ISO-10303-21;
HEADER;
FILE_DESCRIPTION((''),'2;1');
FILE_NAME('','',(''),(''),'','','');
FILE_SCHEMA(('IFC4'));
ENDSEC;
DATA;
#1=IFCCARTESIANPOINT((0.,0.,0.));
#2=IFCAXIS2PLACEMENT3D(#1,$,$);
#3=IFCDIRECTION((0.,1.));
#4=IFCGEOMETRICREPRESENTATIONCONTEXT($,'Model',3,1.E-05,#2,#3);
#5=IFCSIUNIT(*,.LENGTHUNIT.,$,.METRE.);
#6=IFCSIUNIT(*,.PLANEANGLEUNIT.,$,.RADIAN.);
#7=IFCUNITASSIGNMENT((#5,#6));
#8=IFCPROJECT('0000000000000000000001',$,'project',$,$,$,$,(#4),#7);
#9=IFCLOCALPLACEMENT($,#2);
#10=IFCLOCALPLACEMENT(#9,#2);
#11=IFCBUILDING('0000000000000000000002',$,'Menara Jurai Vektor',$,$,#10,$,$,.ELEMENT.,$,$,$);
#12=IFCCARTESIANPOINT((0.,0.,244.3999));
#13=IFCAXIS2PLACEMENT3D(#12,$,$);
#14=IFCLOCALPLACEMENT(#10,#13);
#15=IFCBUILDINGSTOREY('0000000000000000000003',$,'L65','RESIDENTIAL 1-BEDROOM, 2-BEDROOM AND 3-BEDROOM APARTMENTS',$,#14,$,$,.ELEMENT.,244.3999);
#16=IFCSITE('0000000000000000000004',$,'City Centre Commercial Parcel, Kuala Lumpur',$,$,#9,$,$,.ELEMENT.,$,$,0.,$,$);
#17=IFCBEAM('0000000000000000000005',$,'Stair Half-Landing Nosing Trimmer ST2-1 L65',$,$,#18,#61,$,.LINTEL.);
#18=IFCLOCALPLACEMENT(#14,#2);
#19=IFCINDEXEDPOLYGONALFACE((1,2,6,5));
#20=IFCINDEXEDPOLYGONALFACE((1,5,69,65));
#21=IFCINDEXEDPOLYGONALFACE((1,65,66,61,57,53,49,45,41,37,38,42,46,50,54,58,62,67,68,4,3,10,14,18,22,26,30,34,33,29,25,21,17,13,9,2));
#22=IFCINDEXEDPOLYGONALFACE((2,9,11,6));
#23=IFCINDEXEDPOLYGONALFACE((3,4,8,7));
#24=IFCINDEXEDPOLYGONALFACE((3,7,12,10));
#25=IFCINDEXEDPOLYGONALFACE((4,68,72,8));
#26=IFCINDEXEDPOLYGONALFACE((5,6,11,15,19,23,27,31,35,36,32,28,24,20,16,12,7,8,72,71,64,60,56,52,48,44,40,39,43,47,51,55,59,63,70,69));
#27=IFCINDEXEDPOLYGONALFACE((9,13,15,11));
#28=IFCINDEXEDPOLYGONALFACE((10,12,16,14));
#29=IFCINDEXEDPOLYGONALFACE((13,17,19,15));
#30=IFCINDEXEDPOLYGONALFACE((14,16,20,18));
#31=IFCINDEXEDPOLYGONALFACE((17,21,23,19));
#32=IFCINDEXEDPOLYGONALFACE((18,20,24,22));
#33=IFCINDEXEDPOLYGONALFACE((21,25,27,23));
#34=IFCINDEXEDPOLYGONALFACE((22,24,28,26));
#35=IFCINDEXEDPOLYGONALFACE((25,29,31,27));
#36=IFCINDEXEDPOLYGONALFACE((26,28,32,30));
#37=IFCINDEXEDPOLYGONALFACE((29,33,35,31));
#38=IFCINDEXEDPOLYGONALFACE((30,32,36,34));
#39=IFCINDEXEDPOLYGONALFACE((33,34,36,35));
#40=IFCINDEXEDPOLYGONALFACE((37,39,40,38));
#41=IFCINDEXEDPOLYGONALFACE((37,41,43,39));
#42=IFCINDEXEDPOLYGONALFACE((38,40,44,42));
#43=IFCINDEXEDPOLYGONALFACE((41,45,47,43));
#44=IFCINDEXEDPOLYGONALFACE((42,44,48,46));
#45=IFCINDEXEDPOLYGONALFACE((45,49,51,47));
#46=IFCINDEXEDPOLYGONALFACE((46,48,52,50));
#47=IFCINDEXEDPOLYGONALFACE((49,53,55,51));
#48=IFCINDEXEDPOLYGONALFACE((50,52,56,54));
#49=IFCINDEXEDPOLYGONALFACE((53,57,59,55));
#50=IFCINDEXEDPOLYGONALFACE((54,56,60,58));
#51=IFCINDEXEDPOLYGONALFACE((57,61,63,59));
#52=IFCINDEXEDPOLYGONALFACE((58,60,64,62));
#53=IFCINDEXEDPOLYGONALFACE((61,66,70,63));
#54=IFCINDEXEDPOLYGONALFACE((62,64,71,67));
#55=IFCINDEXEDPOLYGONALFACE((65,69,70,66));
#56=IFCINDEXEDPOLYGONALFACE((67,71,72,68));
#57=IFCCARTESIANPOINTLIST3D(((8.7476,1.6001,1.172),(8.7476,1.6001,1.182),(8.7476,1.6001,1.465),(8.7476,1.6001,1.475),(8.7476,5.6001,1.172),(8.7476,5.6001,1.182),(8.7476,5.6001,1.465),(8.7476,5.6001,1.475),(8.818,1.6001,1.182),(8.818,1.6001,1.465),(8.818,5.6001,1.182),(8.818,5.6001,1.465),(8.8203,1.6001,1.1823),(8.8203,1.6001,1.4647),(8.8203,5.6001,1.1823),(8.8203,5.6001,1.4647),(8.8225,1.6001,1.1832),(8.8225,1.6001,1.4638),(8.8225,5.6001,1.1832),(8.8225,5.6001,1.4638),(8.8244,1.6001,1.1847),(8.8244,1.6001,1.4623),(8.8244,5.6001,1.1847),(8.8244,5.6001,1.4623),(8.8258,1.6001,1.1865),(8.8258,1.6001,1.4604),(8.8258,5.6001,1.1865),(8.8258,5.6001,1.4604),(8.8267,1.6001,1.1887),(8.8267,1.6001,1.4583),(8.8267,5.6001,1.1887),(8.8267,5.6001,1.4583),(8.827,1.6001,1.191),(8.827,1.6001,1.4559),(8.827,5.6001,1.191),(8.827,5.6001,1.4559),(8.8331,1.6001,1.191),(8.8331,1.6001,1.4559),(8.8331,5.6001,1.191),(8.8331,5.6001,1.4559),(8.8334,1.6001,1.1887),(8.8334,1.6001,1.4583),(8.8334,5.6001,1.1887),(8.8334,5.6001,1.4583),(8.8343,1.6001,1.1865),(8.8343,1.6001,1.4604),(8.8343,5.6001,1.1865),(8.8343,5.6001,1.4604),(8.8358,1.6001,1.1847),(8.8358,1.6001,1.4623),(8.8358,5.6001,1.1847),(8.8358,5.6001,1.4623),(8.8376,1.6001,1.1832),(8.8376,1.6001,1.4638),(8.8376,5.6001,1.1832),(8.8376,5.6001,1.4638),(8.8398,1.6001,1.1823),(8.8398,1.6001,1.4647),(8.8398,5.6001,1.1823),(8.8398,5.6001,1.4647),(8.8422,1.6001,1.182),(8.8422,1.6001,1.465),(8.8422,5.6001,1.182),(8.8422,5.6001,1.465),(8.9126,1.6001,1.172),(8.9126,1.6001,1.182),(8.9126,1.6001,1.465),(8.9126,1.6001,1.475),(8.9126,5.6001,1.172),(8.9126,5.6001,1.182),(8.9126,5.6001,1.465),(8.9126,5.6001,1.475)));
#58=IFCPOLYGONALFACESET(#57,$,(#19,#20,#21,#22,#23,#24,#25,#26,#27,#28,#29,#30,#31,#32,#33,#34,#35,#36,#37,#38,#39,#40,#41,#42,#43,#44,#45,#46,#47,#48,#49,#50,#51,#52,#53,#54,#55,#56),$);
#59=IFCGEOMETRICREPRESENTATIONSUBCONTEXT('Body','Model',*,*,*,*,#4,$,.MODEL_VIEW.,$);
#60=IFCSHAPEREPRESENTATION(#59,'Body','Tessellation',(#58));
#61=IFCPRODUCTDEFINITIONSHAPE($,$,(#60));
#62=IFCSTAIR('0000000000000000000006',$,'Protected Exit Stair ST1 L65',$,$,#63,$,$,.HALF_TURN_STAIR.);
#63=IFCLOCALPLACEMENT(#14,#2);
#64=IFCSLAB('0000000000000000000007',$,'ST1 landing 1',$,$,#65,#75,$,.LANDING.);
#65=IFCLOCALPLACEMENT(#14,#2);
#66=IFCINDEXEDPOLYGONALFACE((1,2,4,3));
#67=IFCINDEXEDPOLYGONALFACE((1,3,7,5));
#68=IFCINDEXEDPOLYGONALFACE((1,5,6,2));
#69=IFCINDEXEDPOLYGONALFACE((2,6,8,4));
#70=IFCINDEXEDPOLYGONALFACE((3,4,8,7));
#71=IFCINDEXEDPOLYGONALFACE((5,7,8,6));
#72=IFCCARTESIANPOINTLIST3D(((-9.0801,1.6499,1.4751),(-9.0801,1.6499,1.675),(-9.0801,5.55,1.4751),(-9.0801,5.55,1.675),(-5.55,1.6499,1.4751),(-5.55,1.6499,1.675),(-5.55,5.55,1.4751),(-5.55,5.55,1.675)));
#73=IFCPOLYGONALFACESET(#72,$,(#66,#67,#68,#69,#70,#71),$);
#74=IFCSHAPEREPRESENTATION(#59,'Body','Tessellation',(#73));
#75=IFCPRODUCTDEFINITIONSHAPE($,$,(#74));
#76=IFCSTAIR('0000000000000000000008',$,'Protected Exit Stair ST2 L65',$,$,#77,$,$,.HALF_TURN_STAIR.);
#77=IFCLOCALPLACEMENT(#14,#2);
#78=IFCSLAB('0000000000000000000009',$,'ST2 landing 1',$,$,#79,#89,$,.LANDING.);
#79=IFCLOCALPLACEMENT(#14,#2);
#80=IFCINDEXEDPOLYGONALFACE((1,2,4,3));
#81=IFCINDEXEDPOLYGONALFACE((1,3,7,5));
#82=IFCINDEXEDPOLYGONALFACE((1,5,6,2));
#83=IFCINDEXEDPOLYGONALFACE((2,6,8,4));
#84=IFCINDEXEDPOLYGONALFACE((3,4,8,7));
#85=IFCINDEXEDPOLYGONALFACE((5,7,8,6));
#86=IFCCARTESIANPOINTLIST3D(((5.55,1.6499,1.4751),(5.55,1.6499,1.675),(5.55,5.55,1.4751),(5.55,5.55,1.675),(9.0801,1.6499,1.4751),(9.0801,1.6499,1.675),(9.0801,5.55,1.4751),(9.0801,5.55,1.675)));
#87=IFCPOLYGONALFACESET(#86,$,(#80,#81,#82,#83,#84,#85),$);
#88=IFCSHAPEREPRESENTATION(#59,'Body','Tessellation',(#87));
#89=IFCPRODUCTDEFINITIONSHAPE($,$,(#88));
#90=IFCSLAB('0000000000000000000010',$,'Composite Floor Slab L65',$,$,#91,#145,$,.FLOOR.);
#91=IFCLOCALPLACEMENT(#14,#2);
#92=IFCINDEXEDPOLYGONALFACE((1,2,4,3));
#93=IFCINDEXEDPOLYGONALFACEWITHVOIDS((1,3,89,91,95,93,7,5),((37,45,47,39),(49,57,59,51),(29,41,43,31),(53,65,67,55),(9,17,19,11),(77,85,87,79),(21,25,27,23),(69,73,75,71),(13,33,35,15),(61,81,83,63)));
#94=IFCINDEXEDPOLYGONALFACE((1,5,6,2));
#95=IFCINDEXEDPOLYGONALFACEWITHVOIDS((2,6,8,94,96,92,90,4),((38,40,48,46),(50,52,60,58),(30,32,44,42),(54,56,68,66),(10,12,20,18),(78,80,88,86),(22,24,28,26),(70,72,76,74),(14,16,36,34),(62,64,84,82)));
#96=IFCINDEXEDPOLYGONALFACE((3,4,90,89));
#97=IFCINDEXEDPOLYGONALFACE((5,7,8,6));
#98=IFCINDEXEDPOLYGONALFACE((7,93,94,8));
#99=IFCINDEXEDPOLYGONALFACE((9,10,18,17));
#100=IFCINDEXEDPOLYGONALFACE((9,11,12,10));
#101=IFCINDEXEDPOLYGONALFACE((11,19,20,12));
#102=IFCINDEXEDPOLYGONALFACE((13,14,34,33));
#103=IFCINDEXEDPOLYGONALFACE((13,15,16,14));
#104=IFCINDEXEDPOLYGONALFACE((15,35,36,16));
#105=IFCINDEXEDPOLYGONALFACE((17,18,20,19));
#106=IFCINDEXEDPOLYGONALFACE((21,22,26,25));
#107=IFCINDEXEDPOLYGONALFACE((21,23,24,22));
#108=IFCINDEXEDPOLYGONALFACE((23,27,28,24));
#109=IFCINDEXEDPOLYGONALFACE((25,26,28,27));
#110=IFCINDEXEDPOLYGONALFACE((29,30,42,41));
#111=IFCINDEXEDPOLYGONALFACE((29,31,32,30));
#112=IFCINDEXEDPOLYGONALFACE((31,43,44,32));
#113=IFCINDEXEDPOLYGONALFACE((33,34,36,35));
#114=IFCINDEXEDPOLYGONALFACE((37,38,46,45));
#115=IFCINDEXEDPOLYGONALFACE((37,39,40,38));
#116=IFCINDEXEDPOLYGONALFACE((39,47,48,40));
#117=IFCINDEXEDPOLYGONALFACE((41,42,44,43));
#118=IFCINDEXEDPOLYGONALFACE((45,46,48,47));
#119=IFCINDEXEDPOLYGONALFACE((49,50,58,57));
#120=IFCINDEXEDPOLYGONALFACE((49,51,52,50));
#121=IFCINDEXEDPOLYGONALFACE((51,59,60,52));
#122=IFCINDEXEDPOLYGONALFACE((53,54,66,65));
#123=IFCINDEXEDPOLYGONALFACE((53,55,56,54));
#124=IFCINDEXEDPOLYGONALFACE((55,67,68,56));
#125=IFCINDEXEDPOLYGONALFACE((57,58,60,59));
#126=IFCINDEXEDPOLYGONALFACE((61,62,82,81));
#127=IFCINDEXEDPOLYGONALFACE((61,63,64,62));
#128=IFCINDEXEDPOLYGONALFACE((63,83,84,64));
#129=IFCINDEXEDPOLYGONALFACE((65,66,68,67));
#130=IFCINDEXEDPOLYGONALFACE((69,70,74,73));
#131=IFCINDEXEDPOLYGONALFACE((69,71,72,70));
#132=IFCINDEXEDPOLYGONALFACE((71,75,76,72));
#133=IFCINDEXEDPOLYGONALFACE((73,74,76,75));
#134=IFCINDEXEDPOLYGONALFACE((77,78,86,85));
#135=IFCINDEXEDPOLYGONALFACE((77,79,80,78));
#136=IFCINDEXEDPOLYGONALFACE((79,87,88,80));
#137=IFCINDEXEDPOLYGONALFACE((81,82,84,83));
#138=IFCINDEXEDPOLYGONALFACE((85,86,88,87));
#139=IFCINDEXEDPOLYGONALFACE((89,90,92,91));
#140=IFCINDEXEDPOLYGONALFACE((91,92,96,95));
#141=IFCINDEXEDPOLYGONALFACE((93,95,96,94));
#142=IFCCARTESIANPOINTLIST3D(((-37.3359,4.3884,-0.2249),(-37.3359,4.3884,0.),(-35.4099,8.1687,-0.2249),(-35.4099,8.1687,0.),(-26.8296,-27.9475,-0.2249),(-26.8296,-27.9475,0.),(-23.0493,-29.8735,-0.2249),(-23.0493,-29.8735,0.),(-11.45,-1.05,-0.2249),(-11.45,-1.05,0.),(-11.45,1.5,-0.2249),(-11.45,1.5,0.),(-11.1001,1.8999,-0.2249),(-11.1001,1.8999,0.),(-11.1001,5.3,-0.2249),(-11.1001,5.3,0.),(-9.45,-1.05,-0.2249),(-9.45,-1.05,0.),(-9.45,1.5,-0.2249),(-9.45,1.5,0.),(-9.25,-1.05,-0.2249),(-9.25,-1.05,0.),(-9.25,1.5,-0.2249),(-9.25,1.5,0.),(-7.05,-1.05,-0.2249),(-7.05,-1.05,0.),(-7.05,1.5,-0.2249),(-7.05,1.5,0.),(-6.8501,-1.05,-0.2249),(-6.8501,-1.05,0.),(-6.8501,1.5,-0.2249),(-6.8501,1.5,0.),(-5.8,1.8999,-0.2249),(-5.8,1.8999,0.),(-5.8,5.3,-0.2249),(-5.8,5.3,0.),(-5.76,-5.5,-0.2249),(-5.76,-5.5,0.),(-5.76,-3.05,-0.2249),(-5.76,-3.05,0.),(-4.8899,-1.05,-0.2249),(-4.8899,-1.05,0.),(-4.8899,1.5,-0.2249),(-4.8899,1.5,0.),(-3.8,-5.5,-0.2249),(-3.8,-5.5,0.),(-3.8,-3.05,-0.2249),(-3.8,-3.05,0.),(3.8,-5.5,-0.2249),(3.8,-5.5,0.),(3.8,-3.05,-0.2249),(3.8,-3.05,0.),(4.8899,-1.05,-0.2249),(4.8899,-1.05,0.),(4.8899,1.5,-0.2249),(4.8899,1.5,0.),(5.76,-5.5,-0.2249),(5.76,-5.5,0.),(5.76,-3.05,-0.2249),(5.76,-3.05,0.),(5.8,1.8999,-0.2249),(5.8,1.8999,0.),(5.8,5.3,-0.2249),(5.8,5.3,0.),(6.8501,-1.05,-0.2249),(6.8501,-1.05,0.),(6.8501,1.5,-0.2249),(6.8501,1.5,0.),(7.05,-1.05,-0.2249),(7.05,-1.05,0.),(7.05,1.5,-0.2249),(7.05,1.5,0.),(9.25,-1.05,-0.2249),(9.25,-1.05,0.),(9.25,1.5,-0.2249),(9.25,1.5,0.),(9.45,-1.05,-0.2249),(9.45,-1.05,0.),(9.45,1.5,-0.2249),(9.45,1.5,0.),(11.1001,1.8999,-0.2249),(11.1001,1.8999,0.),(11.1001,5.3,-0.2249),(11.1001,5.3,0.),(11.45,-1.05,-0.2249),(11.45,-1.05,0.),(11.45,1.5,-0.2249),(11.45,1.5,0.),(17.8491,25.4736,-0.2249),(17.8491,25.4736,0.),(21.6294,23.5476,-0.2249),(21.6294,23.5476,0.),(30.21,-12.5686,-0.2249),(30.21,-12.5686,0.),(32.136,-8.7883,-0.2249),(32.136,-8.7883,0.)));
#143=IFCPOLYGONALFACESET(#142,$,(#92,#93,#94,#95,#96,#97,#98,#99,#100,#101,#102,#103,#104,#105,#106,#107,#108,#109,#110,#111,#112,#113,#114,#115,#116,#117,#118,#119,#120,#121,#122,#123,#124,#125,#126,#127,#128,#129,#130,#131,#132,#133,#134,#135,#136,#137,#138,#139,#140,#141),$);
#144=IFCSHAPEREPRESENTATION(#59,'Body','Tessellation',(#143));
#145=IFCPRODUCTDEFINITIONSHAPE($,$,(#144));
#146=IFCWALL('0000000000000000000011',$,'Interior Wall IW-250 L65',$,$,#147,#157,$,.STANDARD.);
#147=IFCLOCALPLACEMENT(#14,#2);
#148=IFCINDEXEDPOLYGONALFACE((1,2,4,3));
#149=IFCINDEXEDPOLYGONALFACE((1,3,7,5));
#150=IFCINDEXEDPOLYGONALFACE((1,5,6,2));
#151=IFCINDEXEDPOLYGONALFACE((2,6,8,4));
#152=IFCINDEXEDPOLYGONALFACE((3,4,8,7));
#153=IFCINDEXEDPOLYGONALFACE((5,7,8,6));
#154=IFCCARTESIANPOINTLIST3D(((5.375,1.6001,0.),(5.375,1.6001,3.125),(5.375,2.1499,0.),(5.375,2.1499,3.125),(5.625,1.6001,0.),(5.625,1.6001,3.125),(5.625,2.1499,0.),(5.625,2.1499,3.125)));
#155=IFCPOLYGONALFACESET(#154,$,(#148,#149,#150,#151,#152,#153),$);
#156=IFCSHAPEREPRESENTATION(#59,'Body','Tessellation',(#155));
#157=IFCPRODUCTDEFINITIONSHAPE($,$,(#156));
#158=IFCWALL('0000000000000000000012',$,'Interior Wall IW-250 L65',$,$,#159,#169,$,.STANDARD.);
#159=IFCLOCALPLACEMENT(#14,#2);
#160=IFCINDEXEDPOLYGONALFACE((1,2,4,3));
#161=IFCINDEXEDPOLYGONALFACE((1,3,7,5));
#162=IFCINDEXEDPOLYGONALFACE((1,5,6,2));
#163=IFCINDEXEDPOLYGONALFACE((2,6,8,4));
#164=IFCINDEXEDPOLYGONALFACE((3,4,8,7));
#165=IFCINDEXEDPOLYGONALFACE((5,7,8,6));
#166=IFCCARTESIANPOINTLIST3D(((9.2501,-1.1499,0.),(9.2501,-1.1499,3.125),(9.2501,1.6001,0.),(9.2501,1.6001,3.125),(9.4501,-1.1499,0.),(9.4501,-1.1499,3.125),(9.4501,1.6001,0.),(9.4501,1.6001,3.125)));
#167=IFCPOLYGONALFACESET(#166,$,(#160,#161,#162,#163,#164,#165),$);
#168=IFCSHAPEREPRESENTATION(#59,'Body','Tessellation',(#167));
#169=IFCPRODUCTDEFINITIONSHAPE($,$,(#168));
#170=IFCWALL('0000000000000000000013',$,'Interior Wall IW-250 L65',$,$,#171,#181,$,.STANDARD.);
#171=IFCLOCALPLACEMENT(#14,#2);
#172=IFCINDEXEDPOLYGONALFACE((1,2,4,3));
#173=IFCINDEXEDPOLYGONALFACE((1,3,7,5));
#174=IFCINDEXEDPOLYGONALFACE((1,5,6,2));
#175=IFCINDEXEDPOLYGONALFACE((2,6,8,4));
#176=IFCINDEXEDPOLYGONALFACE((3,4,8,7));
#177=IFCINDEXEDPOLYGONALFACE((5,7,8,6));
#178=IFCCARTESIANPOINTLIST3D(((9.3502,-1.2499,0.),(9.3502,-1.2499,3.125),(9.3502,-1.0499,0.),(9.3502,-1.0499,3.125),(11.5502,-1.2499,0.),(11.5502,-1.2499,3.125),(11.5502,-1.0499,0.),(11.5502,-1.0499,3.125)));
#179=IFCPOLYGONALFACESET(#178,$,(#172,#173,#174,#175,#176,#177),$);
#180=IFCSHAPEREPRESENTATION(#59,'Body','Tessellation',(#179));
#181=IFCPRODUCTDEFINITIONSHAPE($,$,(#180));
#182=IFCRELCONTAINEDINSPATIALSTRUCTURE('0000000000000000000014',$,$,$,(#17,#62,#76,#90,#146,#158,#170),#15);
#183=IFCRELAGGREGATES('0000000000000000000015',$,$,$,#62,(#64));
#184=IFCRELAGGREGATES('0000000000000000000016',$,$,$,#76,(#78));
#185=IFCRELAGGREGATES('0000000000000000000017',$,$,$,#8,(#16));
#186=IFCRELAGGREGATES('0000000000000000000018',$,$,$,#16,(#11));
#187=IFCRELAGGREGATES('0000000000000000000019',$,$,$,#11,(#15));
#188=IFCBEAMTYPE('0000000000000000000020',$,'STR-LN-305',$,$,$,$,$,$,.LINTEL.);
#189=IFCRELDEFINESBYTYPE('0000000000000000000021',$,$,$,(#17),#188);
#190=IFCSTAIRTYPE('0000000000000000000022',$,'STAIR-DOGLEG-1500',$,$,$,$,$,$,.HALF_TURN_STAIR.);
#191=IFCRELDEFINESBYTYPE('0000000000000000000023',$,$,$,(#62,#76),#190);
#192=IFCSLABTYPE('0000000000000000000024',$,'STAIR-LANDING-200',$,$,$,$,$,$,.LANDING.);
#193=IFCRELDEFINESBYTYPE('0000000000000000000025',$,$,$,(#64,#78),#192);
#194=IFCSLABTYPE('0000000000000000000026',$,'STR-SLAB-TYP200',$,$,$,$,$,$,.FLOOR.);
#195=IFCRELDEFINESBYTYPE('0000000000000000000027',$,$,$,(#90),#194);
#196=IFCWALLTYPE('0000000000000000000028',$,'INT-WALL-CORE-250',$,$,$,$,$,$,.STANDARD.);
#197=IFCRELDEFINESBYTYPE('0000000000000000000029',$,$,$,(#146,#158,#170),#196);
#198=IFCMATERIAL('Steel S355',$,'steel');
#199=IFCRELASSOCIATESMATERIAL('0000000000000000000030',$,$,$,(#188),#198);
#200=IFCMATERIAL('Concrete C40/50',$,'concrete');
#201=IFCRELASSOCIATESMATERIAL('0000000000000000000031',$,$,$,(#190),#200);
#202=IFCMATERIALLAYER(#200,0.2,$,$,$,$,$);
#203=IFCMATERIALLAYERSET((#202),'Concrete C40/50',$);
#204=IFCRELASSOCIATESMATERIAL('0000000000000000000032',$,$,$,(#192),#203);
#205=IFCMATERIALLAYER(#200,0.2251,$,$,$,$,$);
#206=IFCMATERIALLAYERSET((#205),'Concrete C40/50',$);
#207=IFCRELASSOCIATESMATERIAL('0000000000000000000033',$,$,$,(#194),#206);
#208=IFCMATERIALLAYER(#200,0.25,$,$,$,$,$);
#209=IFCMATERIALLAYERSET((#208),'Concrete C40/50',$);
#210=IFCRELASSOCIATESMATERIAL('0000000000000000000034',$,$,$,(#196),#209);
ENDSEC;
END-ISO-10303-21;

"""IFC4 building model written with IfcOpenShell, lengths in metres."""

from ifc_helpers import new_model, si_unit, direction, frame, frame_2d, origin, origin_2d, place, context, subcontext, project, spatial, polyline, rectangle, i_section, outline, extrude, material, layer, layer_set, material_profile, profile_set, type_object, element, aggregate, save


model = new_model("IFC4")

# Units and contexts
model_context = context("Model", 3, precision=1e-05, world=origin(), true_north=direction((0.0, 1.0)))
body_context = subcontext(model_context, "Body", "Model", "MODEL_VIEW")
ifc_project = project(units=[si_unit("LENGTHUNIT", "METRE"), si_unit("PLANEANGLEUNIT", "RADIAN")], contexts=[model_context])

# Site, building, storey
site_placement = place(None, origin())
site = spatial("IfcSite", under=ifc_project, at=site_placement, Name="City Centre Commercial Parcel, Kuala Lumpur", CompositionType="ELEMENT", RefElevation=0.0)
building_placement = place(site_placement, origin())
building = spatial("IfcBuilding", under=site, at=building_placement, Name="Menara Jurai Vektor", CompositionType="ELEMENT")
storey_placement = place(building_placement, frame((0.0, 0.0, 244.3999)))
storey = spatial("IfcBuildingStorey", under=building, at=storey_placement, Name="L65", Description="RESIDENTIAL 1-BEDROOM, 2-BEDROOM AND 3-BEDROOM APARTMENTS", CompositionType="ELEMENT", Elevation=244.3999)

# Beam
ifc_material_1 = material(Name="Steel S355", Category="steel")
ifc_material_profile = material_profile(ifc_material_1, i_section(OverallWidth=0.165, OverallDepth=0.303, WebThickness=0.0061, FlangeThickness=0.01, FilletRadius=0.009, at=origin_2d()), Name="UKB 305x165x40")
ifc_profile_set = profile_set([ifc_material_profile], Name="Steel S355")
beam_type = type_object("IfcBeamType", Name="STR-LN-305", PredefinedType="LINTEL", material=ifc_profile_set)
beam_placement = place(storey_placement, frame((8.8301, 1.6001, 1.3235), z_axis=(0.0, 1.0, 0.0), x_axis=(-1.0, 0.0, 0.0)))
element("IfcBeam", 1, at=beam_placement, inside=storey, type_object=beam_type, Name="Stair Half-Landing Nosing Trimmer ST2-1 L65", PredefinedType="LINTEL", context=body_context, shape_type="SweptSolid", body=[
    extrude(i_section(OverallWidth=0.165, OverallDepth=0.303, WebThickness=0.0061, FlangeThickness=0.01, FilletRadius=0.009, at=origin_2d()), origin(), (0.0, 0.0, 1.0), 4.0),
])

# Stairs, slabs
ifc_material_2 = material(Name="Concrete C40/50", Category="concrete")
stair_type = type_object("IfcStairType", Name="STAIR-DOGLEG-1500", PredefinedType="HALF_TURN_STAIR", material=ifc_material_2)
stair_1_placement = place(storey_placement, origin())
stair_1 = element("IfcStair", 2, at=stair_1_placement, inside=storey, type_object=stair_type, Name="Protected Exit Stair ST1 L65", PredefinedType="HALF_TURN_STAIR")
ifc_layer_1 = layer(ifc_material_2, 0.2)
ifc_layer_set_1 = layer_set([ifc_layer_1], Name="Concrete C40/50")
slab_type_1 = type_object("IfcSlabType", Name="STAIR-LANDING-200", PredefinedType="LANDING", material=ifc_layer_set_1)
slab_1_placement = place(storey_placement, frame((0.0, 0.0, 1.4751)))
slab_1 = element("IfcSlab", 3, at=slab_1_placement, type_object=slab_type_1, Name="ST1 landing 1", PredefinedType="LANDING", context=body_context, shape_type="SweptSolid", body=[
    extrude(outline(polyline([(-9.0801, 1.6499), (-5.55, 1.6499), (-5.55, 5.55), (-9.0801, 5.55), (-9.0801, 1.6499)])), origin(), (0.0, 0.0, 1.0), 0.2),
])
aggregate(stair_1, [slab_1])
stair_2_placement = place(storey_placement, origin())
stair_2 = element("IfcStair", 4, at=stair_2_placement, inside=storey, type_object=stair_type, Name="Protected Exit Stair ST2 L65", PredefinedType="HALF_TURN_STAIR")
slab_2_placement = place(storey_placement, frame((0.0, 0.0, 1.4751)))
slab_2 = element("IfcSlab", 5, at=slab_2_placement, type_object=slab_type_1, Name="ST2 landing 1", PredefinedType="LANDING", context=body_context, shape_type="SweptSolid", body=[
    extrude(outline(polyline([(5.55, 1.6499), (9.0801, 1.6499), (9.0801, 5.55), (5.55, 5.55), (5.55, 1.6499)])), origin(), (0.0, 0.0, 1.0), 0.2),
])
aggregate(stair_2, [slab_2])

# Slab
ifc_layer_2 = layer(ifc_material_2, 0.2251)
ifc_layer_set_2 = layer_set([ifc_layer_2], Name="Concrete C40/50")
slab_type_2 = type_object("IfcSlabType", Name="STR-SLAB-TYP200", PredefinedType="FLOOR", material=ifc_layer_set_2)
slab_3_placement = place(storey_placement, frame((0.0, 0.0, -0.2249)))
element("IfcSlab", 6, at=slab_3_placement, inside=storey, type_object=slab_type_2, Name="Composite Floor Slab L65", PredefinedType="FLOOR", context=body_context, shape_type="SweptSolid", body=[
    extrude(outline(polyline([(-23.0493, -29.8735), (30.21, -12.5686), (32.136, -8.7883), (21.6294, 23.5476), (17.8491, 25.4736), (-35.4099, 8.1687), (-37.3359, 4.3884), (-26.8296, -27.9475), (-23.0493, -29.8735)]), holes=[polyline([(-11.1001, 1.8999), (-11.1001, 5.3), (-5.8, 5.3), (-5.8, 1.8999), (-11.1001, 1.8999)]), polyline([(5.8, 1.8999), (5.8, 5.3), (11.1001, 5.3), (11.1001, 1.8999), (5.8, 1.8999)]), polyline([(-11.45, -1.05), (-11.45, 1.5), (-9.45, 1.5), (-9.45, -1.05), (-11.45, -1.05)]), polyline([(9.45, -1.05), (9.45, 1.5), (11.45, 1.5), (11.45, -1.05), (9.45, -1.05)]), polyline([(-5.76, -5.5), (-5.76, -3.05), (-3.8, -3.05), (-3.8, -5.5), (-5.76, -5.5)]), polyline([(-6.8501, -1.05), (-6.8501, 1.5), (-4.8899, 1.5), (-4.8899, -1.05), (-6.8501, -1.05)]), polyline([(3.8, -5.5), (3.8, -3.05), (5.76, -3.05), (5.76, -5.5), (3.8, -5.5)]), polyline([(4.8899, -1.05), (4.8899, 1.5), (6.8501, 1.5), (6.8501, -1.05), (4.8899, -1.05)]), polyline([(-9.25, -1.05), (-9.25, 1.5), (-7.05, 1.5), (-7.05, -1.05), (-9.25, -1.05)]), polyline([(7.05, -1.05), (7.05, 1.5), (9.25, 1.5), (9.25, -1.05), (7.05, -1.05)])]), origin(), (0.0, 0.0, 1.0), 0.2249),
])

# Walls
ifc_layer_3 = layer(ifc_material_2, 0.25)
ifc_layer_set_3 = layer_set([ifc_layer_3], Name="Concrete C40/50")
wall_type_1 = type_object("IfcWallType", Name="INT-WALL-CORE-250", PredefinedType="STANDARD", material=ifc_layer_set_3)
wall_1_placement = place(storey_placement, frame((5.5, 1.6001, 0.0), z_axis=(0.0, 0.0, 1.0), x_axis=(0.0, 1.0, 0.0)))
element("IfcWall", 7, at=wall_1_placement, inside=storey, type_object=wall_type_1, Name="Interior Wall IW-250 L65", PredefinedType="STANDARD", context=body_context, shape_type="SweptSolid", body=[
    extrude(rectangle(XDim=0.5498, YDim=0.25, at=frame_2d((0.2749, 0.0))), origin(), (0.0, 0.0, 1.0), 3.125),
])
wall_2_placement = place(storey_placement, frame((9.3501, -1.1499, 0.0), z_axis=(0.0, 0.0, 1.0), x_axis=(0.0, 1.0, 0.0)))
element("IfcWall", 8, at=wall_2_placement, inside=storey, type_object=wall_type_1, Name="Interior Wall IW-250 L65", PredefinedType="STANDARD", context=body_context, shape_type="SweptSolid", body=[
    extrude(rectangle(XDim=2.75, YDim=0.2, at=frame_2d((1.375, 0.0))), origin(), (0.0, 0.0, 1.0), 3.125),
])
wall_3_placement = place(storey_placement, frame((9.3501, -1.1499, 0.0), z_axis=(0.0, 0.0, 1.0), x_axis=(1.0, 0.0, 0.0)))
element("IfcWall", 9, at=wall_3_placement, inside=storey, type_object=wall_type_1, Name="Interior Wall IW-250 L65", PredefinedType="STANDARD", context=body_context, shape_type="SweptSolid", body=[
    extrude(rectangle(XDim=2.2, YDim=0.2, at=frame_2d((1.1001, 0.0))), origin(), (0.0, 0.0, 1.0), 3.125),
])

save(model, "model.ifc")
